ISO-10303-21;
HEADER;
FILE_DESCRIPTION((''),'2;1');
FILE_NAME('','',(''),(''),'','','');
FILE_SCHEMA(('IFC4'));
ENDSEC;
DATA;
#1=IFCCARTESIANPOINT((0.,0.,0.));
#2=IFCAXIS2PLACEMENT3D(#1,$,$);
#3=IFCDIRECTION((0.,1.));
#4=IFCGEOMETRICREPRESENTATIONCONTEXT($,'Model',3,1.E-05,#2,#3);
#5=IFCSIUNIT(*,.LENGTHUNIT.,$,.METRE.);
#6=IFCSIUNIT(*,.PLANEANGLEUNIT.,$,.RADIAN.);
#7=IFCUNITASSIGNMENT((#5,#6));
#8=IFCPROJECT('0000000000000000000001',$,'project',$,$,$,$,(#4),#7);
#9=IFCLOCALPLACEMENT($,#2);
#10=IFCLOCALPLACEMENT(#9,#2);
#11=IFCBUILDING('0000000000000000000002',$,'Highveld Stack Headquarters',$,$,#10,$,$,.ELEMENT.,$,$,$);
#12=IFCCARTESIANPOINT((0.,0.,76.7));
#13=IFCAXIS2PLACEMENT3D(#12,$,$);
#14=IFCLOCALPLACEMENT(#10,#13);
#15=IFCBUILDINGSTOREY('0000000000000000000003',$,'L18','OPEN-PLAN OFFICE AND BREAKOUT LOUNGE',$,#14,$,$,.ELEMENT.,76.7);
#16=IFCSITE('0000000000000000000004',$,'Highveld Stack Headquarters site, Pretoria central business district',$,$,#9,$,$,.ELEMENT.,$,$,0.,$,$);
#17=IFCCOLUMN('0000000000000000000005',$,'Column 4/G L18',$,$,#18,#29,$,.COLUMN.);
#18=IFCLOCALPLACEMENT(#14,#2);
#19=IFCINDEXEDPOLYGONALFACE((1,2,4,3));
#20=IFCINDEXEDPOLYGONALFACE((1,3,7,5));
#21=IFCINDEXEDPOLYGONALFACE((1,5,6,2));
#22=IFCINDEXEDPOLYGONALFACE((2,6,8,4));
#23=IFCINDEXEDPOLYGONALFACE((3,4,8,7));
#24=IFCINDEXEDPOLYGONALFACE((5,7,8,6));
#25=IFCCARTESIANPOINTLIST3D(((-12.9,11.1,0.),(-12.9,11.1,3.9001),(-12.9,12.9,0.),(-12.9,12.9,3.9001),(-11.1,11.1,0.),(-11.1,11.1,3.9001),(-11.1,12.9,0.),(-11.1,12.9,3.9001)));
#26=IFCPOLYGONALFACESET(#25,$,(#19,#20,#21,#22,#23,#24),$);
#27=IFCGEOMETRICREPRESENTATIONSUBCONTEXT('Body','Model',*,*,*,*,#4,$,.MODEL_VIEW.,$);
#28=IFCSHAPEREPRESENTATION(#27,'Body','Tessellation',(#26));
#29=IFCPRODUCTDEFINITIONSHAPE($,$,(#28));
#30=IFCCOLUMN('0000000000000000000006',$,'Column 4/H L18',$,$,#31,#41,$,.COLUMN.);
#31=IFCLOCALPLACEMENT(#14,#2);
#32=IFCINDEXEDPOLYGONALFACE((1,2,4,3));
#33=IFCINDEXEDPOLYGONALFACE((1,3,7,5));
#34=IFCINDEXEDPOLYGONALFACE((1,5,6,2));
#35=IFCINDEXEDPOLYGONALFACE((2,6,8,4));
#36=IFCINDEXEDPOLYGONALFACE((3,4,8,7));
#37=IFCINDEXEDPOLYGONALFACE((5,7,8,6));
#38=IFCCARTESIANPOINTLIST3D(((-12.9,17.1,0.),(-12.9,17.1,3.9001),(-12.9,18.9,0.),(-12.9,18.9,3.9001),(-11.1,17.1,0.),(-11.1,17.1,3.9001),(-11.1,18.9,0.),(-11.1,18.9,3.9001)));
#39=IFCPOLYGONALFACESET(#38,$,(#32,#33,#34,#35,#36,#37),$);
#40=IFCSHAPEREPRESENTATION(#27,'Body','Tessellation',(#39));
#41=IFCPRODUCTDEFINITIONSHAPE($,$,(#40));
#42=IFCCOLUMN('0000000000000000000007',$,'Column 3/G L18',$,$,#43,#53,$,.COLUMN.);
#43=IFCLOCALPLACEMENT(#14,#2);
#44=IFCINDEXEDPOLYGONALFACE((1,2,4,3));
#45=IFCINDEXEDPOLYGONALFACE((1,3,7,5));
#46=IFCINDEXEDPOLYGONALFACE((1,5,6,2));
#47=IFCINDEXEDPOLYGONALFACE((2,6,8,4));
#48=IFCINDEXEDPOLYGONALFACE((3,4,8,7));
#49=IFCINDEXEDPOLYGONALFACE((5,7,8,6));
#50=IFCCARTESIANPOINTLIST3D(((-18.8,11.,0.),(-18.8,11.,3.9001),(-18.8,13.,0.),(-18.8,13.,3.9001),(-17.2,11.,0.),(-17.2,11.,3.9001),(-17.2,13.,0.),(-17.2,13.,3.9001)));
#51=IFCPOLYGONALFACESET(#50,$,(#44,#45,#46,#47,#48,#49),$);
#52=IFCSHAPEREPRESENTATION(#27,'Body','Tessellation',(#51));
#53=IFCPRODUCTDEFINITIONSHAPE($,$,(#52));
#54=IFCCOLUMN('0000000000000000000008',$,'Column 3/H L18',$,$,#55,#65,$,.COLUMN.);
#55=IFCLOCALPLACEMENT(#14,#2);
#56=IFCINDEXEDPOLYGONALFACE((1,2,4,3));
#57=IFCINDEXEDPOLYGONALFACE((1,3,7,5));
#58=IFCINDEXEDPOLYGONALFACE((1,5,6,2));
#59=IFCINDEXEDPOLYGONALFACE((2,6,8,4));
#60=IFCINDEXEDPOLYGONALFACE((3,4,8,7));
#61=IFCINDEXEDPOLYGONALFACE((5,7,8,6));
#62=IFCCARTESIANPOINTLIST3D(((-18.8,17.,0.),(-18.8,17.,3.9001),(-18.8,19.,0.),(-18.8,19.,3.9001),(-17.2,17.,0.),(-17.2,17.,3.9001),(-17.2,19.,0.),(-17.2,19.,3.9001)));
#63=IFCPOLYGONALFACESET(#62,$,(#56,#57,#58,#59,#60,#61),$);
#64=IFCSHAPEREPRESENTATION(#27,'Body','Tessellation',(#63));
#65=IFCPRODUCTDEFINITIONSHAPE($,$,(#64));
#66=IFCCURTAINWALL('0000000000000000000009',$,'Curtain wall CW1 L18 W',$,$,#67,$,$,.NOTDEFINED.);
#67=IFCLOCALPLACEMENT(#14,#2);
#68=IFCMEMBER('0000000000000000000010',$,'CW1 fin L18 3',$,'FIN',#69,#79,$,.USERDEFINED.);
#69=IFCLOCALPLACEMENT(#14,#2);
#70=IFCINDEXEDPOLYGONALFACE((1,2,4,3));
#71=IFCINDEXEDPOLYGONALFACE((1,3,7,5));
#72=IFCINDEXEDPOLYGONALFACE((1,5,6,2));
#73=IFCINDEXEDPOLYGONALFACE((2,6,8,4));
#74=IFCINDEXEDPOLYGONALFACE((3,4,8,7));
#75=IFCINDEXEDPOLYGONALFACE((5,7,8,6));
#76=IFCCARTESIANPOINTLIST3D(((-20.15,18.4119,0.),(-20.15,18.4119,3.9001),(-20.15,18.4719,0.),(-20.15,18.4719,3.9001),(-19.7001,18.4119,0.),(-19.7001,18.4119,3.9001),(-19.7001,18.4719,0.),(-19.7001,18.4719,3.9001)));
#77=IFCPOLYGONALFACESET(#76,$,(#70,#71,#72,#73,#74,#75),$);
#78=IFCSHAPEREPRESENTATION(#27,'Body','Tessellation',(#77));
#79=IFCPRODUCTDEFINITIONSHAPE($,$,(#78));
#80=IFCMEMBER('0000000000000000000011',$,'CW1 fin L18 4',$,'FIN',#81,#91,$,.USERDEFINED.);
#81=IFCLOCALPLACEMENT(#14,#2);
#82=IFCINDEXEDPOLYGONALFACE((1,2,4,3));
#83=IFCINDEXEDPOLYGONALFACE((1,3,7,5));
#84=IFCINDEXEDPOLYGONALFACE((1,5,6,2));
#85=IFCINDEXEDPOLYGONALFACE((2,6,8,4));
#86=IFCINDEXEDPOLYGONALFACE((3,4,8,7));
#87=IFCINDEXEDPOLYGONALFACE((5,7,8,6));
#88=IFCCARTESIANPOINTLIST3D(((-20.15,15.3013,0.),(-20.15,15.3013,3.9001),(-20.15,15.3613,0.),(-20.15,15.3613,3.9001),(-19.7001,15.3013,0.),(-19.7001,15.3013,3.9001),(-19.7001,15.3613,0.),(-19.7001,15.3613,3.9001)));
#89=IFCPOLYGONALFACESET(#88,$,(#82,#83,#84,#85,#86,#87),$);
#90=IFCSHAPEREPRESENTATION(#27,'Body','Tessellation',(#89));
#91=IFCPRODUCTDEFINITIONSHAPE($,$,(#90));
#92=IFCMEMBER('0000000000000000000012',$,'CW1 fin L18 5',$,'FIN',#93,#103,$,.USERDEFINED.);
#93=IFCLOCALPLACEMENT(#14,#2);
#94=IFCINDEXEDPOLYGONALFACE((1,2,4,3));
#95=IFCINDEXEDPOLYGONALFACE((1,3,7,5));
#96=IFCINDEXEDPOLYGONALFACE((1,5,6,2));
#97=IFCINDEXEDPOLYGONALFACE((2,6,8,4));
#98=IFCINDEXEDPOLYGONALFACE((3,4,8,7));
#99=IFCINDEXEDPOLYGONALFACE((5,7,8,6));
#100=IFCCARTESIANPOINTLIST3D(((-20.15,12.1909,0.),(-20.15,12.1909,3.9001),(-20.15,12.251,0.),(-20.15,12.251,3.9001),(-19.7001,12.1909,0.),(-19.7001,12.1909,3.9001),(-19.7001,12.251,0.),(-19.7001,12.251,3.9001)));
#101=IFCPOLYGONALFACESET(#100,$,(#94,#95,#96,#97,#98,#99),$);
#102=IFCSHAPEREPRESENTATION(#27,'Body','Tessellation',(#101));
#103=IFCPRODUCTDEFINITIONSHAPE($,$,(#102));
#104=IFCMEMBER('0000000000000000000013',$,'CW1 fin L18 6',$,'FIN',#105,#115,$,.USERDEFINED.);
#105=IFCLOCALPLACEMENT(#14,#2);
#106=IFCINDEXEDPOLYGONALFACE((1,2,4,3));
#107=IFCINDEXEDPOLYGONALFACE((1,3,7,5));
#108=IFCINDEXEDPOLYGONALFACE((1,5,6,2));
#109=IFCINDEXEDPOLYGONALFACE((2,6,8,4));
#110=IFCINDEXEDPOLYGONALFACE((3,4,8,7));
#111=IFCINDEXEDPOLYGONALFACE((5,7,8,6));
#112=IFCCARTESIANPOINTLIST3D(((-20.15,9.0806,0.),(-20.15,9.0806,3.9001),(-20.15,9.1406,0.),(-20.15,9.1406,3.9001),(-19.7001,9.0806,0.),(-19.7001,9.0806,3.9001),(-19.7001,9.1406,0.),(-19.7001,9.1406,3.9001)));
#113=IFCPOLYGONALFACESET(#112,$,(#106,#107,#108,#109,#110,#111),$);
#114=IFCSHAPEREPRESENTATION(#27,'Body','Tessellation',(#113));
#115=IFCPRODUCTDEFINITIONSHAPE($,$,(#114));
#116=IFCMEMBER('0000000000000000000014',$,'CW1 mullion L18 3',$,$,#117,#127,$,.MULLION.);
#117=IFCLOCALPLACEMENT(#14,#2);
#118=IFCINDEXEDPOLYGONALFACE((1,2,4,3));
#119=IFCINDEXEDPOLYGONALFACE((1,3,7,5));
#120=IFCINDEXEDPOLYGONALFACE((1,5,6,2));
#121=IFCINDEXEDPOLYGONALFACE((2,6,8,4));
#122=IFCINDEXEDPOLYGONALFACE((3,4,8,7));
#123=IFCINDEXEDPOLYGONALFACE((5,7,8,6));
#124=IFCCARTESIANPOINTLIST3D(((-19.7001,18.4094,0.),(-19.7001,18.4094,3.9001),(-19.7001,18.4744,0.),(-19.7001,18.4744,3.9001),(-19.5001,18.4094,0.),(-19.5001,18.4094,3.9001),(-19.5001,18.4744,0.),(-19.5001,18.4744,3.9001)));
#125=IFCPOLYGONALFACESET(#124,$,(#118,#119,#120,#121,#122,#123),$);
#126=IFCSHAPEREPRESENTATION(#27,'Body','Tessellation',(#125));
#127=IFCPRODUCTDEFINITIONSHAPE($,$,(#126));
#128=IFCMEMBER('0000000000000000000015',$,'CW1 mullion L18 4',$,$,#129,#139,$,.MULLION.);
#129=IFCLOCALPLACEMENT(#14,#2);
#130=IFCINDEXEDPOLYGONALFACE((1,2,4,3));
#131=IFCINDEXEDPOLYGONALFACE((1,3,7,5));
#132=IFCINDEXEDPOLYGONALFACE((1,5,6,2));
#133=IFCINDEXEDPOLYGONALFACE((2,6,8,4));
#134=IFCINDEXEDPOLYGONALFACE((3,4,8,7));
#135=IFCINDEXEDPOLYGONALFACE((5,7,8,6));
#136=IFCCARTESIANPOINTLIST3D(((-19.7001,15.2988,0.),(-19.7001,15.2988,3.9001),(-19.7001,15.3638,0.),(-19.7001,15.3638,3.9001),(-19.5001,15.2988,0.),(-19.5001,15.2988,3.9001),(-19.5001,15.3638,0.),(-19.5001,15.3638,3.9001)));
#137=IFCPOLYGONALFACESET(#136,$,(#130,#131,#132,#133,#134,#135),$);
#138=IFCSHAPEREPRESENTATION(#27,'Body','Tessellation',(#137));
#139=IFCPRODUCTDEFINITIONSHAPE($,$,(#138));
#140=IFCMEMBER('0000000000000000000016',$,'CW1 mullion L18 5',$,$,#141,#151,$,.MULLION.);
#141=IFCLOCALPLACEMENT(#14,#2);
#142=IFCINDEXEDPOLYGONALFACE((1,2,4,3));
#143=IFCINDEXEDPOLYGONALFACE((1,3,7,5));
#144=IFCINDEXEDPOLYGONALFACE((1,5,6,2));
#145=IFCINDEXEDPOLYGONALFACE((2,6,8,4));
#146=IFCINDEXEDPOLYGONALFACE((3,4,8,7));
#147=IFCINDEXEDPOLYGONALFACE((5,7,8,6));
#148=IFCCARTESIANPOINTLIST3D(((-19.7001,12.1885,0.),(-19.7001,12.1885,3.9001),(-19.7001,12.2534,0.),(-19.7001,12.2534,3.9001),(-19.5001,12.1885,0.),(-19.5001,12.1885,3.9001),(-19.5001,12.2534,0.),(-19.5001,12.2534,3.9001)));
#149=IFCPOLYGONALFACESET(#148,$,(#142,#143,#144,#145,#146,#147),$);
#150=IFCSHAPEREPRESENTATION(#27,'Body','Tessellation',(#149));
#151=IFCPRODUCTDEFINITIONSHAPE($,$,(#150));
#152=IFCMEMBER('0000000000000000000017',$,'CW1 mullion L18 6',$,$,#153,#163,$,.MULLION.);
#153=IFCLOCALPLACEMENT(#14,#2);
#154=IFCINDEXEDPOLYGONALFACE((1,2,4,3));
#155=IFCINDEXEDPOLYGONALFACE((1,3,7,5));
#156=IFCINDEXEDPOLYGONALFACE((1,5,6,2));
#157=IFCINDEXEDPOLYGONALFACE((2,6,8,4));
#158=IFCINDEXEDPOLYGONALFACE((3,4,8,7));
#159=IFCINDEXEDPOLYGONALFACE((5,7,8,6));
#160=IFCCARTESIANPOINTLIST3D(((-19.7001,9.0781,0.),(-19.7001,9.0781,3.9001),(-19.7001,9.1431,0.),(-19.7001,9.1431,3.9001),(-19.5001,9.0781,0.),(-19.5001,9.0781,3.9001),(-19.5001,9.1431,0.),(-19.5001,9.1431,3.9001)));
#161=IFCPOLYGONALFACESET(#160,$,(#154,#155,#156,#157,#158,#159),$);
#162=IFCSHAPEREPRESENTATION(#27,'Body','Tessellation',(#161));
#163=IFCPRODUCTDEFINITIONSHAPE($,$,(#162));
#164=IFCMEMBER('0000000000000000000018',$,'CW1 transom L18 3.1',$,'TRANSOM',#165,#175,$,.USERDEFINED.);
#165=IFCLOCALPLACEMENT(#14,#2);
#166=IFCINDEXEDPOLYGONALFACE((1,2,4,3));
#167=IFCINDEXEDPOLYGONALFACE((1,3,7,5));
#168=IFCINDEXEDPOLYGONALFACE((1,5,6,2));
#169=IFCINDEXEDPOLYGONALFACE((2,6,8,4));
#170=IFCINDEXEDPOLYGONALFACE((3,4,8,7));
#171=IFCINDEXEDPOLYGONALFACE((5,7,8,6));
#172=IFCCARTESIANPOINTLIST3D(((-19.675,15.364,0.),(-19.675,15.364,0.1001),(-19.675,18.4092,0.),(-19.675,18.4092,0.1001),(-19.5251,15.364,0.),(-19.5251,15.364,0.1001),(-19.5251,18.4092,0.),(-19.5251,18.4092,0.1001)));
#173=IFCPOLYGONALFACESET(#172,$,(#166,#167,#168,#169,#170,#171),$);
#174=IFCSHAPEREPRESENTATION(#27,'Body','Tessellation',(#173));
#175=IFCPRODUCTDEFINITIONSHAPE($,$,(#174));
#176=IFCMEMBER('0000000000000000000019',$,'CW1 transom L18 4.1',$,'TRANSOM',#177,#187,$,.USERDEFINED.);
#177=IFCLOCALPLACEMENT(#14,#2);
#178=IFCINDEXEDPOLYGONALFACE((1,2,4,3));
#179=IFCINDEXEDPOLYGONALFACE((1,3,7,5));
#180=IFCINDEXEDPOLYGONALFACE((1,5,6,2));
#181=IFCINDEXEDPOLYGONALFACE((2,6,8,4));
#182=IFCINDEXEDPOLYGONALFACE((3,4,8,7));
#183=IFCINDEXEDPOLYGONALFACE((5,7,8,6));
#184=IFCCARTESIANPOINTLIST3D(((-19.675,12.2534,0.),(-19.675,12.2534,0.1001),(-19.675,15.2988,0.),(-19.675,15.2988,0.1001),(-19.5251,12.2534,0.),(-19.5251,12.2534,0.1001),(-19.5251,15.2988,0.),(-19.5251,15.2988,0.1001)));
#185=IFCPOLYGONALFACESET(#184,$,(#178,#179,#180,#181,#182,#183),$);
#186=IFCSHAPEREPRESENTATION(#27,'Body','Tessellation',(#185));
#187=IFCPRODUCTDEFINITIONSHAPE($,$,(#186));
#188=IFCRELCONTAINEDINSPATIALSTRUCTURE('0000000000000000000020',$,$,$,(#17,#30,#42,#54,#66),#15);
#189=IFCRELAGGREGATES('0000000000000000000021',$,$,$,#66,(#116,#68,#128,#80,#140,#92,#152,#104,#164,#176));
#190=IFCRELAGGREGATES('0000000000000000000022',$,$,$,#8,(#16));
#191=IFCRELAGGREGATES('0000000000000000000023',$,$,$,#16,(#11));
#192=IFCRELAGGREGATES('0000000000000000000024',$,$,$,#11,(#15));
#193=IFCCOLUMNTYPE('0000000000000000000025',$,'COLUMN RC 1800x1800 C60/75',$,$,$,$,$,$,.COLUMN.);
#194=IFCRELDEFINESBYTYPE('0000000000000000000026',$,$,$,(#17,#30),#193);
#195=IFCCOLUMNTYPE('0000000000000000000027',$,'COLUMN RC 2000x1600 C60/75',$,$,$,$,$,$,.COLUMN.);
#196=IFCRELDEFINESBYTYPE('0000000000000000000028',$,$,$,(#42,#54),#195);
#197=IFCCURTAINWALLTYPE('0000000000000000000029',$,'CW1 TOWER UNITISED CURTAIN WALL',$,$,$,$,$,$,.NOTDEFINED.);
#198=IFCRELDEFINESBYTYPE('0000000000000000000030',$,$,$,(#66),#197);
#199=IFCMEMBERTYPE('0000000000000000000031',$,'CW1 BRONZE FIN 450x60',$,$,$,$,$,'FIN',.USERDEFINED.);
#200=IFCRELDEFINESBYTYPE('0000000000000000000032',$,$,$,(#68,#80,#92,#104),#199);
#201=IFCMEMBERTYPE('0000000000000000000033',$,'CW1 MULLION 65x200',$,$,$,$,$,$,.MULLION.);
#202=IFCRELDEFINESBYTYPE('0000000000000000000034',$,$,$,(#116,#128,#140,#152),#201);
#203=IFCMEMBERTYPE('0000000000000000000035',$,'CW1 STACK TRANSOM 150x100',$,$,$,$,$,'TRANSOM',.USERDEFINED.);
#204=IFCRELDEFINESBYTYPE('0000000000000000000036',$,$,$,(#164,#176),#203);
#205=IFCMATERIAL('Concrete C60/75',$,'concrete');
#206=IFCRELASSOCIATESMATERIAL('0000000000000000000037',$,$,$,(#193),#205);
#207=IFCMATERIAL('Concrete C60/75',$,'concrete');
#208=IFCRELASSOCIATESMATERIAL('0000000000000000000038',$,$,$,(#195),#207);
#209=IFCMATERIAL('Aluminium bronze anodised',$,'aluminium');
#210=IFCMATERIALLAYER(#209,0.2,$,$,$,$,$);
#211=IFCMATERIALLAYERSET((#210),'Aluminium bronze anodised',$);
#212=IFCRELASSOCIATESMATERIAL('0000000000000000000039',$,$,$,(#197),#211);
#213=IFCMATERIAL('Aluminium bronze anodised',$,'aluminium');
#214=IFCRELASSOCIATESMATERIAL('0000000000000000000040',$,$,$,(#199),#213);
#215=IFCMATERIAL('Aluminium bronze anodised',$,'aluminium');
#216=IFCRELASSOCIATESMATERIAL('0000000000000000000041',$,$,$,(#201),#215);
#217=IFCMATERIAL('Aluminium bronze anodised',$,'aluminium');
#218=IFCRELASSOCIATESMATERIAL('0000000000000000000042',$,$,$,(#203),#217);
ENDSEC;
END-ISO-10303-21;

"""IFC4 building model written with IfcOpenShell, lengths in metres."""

from ifc_helpers import new_model, si_unit, direction, frame, origin, origin_2d, place, context, subcontext, project, spatial, rectangle, extrude, material, layer, layer_set, material_profile, profile_set, type_object, element, aggregate, save


model = new_model("IFC4")

# Units and contexts
model_context = context("Model", 3, precision=1e-05, world=origin(), true_north=direction((0.0, 1.0)))
body_context = subcontext(model_context, "Body", "Model", "MODEL_VIEW")
ifc_project = project(units=[si_unit("LENGTHUNIT", "METRE"), si_unit("PLANEANGLEUNIT", "RADIAN")], contexts=[model_context])

# Site, building, storey
site_placement = place(None, origin())
site = spatial("IfcSite", under=ifc_project, at=site_placement, Name="Highveld Stack Headquarters site, Pretoria central business district", CompositionType="ELEMENT", RefElevation=0.0)
building_placement = place(site_placement, origin())
building = spatial("IfcBuilding", under=site, at=building_placement, Name="Highveld Stack Headquarters", CompositionType="ELEMENT")
storey_placement = place(building_placement, frame((0.0, 0.0, 76.7)))
storey = spatial("IfcBuildingStorey", under=building, at=storey_placement, Name="L18", Description="OPEN-PLAN OFFICE AND BREAKOUT LOUNGE", CompositionType="ELEMENT", Elevation=76.7)

# Columns
ifc_material_1 = material(Name="Concrete C60/75", Category="concrete")
ifc_material_profile_1 = material_profile(ifc_material_1, rectangle(XDim=1.8, YDim=1.8, at=origin_2d()), Name="RC 1800x1800")
ifc_profile_set_1 = profile_set([ifc_material_profile_1], Name="Concrete C60/75")
column_type_1 = type_object("IfcColumnType", Name="COLUMN RC 1800x1800 C60/75", PredefinedType="COLUMN", material=ifc_profile_set_1)
for number, where, z_axis, x_axis, name in (
    (1, (-12.0, 12.0, 0.0), (0.0, 0.0, 1.0), (1.0, 0.0, 0.0), "Column 4/G L18"),
    (2, (-12.0, 18.0, 0.0), (0.0, 0.0, 1.0), (1.0, 0.0, 0.0), "Column 4/H L18"),
):
    element("IfcColumn", number, at=place(storey_placement, frame(where, z_axis=z_axis, x_axis=x_axis)), inside=storey, type_object=column_type_1, Name=name, PredefinedType="COLUMN", context=body_context, shape_type="SweptSolid", body=[
        extrude(rectangle(XDim=1.8, YDim=1.8, at=origin_2d()), origin(), (0.0, 0.0, 1.0), 3.9001),
    ])
ifc_material_2 = material(Name="Concrete C60/75", Category="concrete")
ifc_material_profile_2 = material_profile(ifc_material_2, rectangle(XDim=2.0, YDim=1.6001, at=origin_2d()), Name="RC 2000x1600")
ifc_profile_set_2 = profile_set([ifc_material_profile_2], Name="Concrete C60/75")
column_type_2 = type_object("IfcColumnType", Name="COLUMN RC 2000x1600 C60/75", PredefinedType="COLUMN", material=ifc_profile_set_2)
for number, where, z_axis, x_axis, name in (
    (3, (-18.0, 12.0, 0.0), (0.0, 0.0, 1.0), (0.0, 1.0, 0.0), "Column 3/G L18"),
    (4, (-18.0, 18.0, 0.0), (0.0, 0.0, 1.0), (0.0, 1.0, 0.0), "Column 3/H L18"),
):
    element("IfcColumn", number, at=place(storey_placement, frame(where, z_axis=z_axis, x_axis=x_axis)), inside=storey, type_object=column_type_2, Name=name, PredefinedType="COLUMN", context=body_context, shape_type="SweptSolid", body=[
        extrude(rectangle(XDim=2.0, YDim=1.6001, at=origin_2d()), origin(), (0.0, 0.0, 1.0), 3.9001),
    ])

# Curtain wall, members
ifc_material_3 = material(Name="Aluminium bronze anodised", Category="aluminium")
ifc_layer_1 = layer(ifc_material_3, 0.2)
ifc_layer_set_1 = layer_set([ifc_layer_1], Name="Aluminium bronze anodised")
curtain_wall_type = type_object("IfcCurtainWallType", Name="CW1 TOWER UNITISED CURTAIN WALL", PredefinedType="NOTDEFINED", material=ifc_layer_set_1)
curtain_wall_placement = place(storey_placement, origin())
curtain_wall = element("IfcCurtainWall", 5, at=curtain_wall_placement, inside=storey, type_object=curtain_wall_type, Name="Curtain wall CW1 L18 W", PredefinedType="NOTDEFINED")
ifc_material_4 = material(Name="Aluminium bronze anodised", Category="aluminium")
ifc_material_profile_3 = material_profile(ifc_material_4, rectangle(XDim=0.45, YDim=0.0601, at=origin_2d()), Name="FIN 450x60")
ifc_profile_set_3 = profile_set([ifc_material_profile_3], Name="Aluminium bronze anodised")
member_type_1 = type_object("IfcMemberType", Name="CW1 BRONZE FIN 450x60", ElementType="FIN", PredefinedType="USERDEFINED", material=ifc_profile_set_3)
member_1_placement = place(storey_placement, frame((-19.925, 18.4419, 0.0), z_axis=(0.0, 0.0, 1.0), x_axis=(1.0, 0.0, 0.0)))
member_1 = element("IfcMember", 6, at=member_1_placement, type_object=member_type_1, Name="CW1 fin L18 3", ObjectType="FIN", PredefinedType="USERDEFINED", context=body_context, shape_type="SweptSolid", body=[
    extrude(rectangle(XDim=0.45, YDim=0.0601, at=origin_2d()), origin(), (0.0, 0.0, 1.0), 3.9001),
])
member_2_placement = place(storey_placement, frame((-19.925, 15.3313, 0.0), z_axis=(0.0, 0.0, 1.0), x_axis=(1.0, 0.0, 0.0)))
member_2 = element("IfcMember", 7, at=member_2_placement, type_object=member_type_1, Name="CW1 fin L18 4", ObjectType="FIN", PredefinedType="USERDEFINED", context=body_context, shape_type="SweptSolid", body=[
    extrude(rectangle(XDim=0.45, YDim=0.0601, at=origin_2d()), origin(), (0.0, 0.0, 1.0), 3.9001),
])
member_3_placement = place(storey_placement, frame((-19.925, 12.2209, 0.0), z_axis=(0.0, 0.0, 1.0), x_axis=(1.0, 0.0, 0.0)))
member_3 = element("IfcMember", 8, at=member_3_placement, type_object=member_type_1, Name="CW1 fin L18 5", ObjectType="FIN", PredefinedType="USERDEFINED", context=body_context, shape_type="SweptSolid", body=[
    extrude(rectangle(XDim=0.45, YDim=0.0601, at=origin_2d()), origin(), (0.0, 0.0, 1.0), 3.9001),
])
member_4_placement = place(storey_placement, frame((-19.925, 9.1106, 0.0), z_axis=(0.0, 0.0, 1.0), x_axis=(1.0, 0.0, 0.0)))
member_4 = element("IfcMember", 9, at=member_4_placement, type_object=member_type_1, Name="CW1 fin L18 6", ObjectType="FIN", PredefinedType="USERDEFINED", context=body_context, shape_type="SweptSolid", body=[
    extrude(rectangle(XDim=0.45, YDim=0.0601, at=origin_2d()), origin(), (0.0, 0.0, 1.0), 3.9001),
])
ifc_material_5 = material(Name="Aluminium bronze anodised", Category="aluminium")
ifc_material_profile_4 = material_profile(ifc_material_5, rectangle(XDim=0.2, YDim=0.0649, at=origin_2d()), Name="CW1 MULLION 65x200")
ifc_profile_set_4 = profile_set([ifc_material_profile_4], Name="Aluminium bronze anodised")
member_type_2 = type_object("IfcMemberType", Name="CW1 MULLION 65x200", PredefinedType="MULLION", material=ifc_profile_set_4)
member_5_placement = place(storey_placement, frame((-19.6001, 18.4419, 0.0), z_axis=(0.0, 0.0, 1.0), x_axis=(1.0, 0.0, 0.0)))
member_5 = element("IfcMember", 10, at=member_5_placement, type_object=member_type_2, Name="CW1 mullion L18 3", PredefinedType="MULLION", context=body_context, shape_type="SweptSolid", body=[
    extrude(rectangle(XDim=0.2, YDim=0.0649, at=origin_2d()), origin(), (0.0, 0.0, 1.0), 3.9001),
])
member_6_placement = place(storey_placement, frame((-19.6001, 15.3313, 0.0), z_axis=(0.0, 0.0, 1.0), x_axis=(1.0, 0.0, 0.0)))
member_6 = element("IfcMember", 11, at=member_6_placement, type_object=member_type_2, Name="CW1 mullion L18 4", PredefinedType="MULLION", context=body_context, shape_type="SweptSolid", body=[
    extrude(rectangle(XDim=0.2, YDim=0.0649, at=origin_2d()), origin(), (0.0, 0.0, 1.0), 3.9001),
])
member_7_placement = place(storey_placement, frame((-19.6001, 12.2209, 0.0), z_axis=(0.0, 0.0, 1.0), x_axis=(1.0, 0.0, 0.0)))
member_7 = element("IfcMember", 12, at=member_7_placement, type_object=member_type_2, Name="CW1 mullion L18 5", PredefinedType="MULLION", context=body_context, shape_type="SweptSolid", body=[
    extrude(rectangle(XDim=0.2, YDim=0.0649, at=origin_2d()), origin(), (0.0, 0.0, 1.0), 3.9001),
])
member_8_placement = place(storey_placement, frame((-19.6001, 9.1106, 0.0), z_axis=(0.0, 0.0, 1.0), x_axis=(1.0, 0.0, 0.0)))
member_8 = element("IfcMember", 13, at=member_8_placement, type_object=member_type_2, Name="CW1 mullion L18 6", PredefinedType="MULLION", context=body_context, shape_type="SweptSolid", body=[
    extrude(rectangle(XDim=0.2, YDim=0.0649, at=origin_2d()), origin(), (0.0, 0.0, 1.0), 3.9001),
])
ifc_material_6 = material(Name="Aluminium bronze anodised", Category="aluminium")
ifc_material_profile_5 = material_profile(ifc_material_6, rectangle(XDim=0.1499, YDim=0.1001, at=origin_2d()), Name="CW1 TRANSOM 150x100")
ifc_profile_set_5 = profile_set([ifc_material_profile_5], Name="Aluminium bronze anodised")
member_type_3 = type_object("IfcMemberType", Name="CW1 STACK TRANSOM 150x100", ElementType="TRANSOM", PredefinedType="USERDEFINED", material=ifc_profile_set_5)
member_9_placement = place(storey_placement, frame((-19.6001, 18.4092, 0.05), z_axis=(0.0, -1.0, 0.0), x_axis=(1.0, 0.0, 0.0)))
member_9 = element("IfcMember", 14, at=member_9_placement, type_object=member_type_3, Name="CW1 transom L18 3.1", ObjectType="TRANSOM", PredefinedType="USERDEFINED", context=body_context, shape_type="SweptSolid", body=[
    extrude(rectangle(XDim=0.1499, YDim=0.1001, at=origin_2d()), origin(), (0.0, 0.0, 1.0), 3.0452),
])
member_10_placement = place(storey_placement, frame((-19.6001, 15.2988, 0.05), z_axis=(0.0, -1.0, 0.0), x_axis=(1.0, 0.0, 0.0)))
member_10 = element("IfcMember", 15, at=member_10_placement, type_object=member_type_3, Name="CW1 transom L18 4.1", ObjectType="TRANSOM", PredefinedType="USERDEFINED", context=body_context, shape_type="SweptSolid", body=[
    extrude(rectangle(XDim=0.1499, YDim=0.1001, at=origin_2d()), origin(), (0.0, 0.0, 1.0), 3.0454),
])
aggregate(curtain_wall, [member_5, member_1, member_6, member_2, member_7, member_3, member_8, member_4, member_9, member_10])

save(model, "model.ifc")
